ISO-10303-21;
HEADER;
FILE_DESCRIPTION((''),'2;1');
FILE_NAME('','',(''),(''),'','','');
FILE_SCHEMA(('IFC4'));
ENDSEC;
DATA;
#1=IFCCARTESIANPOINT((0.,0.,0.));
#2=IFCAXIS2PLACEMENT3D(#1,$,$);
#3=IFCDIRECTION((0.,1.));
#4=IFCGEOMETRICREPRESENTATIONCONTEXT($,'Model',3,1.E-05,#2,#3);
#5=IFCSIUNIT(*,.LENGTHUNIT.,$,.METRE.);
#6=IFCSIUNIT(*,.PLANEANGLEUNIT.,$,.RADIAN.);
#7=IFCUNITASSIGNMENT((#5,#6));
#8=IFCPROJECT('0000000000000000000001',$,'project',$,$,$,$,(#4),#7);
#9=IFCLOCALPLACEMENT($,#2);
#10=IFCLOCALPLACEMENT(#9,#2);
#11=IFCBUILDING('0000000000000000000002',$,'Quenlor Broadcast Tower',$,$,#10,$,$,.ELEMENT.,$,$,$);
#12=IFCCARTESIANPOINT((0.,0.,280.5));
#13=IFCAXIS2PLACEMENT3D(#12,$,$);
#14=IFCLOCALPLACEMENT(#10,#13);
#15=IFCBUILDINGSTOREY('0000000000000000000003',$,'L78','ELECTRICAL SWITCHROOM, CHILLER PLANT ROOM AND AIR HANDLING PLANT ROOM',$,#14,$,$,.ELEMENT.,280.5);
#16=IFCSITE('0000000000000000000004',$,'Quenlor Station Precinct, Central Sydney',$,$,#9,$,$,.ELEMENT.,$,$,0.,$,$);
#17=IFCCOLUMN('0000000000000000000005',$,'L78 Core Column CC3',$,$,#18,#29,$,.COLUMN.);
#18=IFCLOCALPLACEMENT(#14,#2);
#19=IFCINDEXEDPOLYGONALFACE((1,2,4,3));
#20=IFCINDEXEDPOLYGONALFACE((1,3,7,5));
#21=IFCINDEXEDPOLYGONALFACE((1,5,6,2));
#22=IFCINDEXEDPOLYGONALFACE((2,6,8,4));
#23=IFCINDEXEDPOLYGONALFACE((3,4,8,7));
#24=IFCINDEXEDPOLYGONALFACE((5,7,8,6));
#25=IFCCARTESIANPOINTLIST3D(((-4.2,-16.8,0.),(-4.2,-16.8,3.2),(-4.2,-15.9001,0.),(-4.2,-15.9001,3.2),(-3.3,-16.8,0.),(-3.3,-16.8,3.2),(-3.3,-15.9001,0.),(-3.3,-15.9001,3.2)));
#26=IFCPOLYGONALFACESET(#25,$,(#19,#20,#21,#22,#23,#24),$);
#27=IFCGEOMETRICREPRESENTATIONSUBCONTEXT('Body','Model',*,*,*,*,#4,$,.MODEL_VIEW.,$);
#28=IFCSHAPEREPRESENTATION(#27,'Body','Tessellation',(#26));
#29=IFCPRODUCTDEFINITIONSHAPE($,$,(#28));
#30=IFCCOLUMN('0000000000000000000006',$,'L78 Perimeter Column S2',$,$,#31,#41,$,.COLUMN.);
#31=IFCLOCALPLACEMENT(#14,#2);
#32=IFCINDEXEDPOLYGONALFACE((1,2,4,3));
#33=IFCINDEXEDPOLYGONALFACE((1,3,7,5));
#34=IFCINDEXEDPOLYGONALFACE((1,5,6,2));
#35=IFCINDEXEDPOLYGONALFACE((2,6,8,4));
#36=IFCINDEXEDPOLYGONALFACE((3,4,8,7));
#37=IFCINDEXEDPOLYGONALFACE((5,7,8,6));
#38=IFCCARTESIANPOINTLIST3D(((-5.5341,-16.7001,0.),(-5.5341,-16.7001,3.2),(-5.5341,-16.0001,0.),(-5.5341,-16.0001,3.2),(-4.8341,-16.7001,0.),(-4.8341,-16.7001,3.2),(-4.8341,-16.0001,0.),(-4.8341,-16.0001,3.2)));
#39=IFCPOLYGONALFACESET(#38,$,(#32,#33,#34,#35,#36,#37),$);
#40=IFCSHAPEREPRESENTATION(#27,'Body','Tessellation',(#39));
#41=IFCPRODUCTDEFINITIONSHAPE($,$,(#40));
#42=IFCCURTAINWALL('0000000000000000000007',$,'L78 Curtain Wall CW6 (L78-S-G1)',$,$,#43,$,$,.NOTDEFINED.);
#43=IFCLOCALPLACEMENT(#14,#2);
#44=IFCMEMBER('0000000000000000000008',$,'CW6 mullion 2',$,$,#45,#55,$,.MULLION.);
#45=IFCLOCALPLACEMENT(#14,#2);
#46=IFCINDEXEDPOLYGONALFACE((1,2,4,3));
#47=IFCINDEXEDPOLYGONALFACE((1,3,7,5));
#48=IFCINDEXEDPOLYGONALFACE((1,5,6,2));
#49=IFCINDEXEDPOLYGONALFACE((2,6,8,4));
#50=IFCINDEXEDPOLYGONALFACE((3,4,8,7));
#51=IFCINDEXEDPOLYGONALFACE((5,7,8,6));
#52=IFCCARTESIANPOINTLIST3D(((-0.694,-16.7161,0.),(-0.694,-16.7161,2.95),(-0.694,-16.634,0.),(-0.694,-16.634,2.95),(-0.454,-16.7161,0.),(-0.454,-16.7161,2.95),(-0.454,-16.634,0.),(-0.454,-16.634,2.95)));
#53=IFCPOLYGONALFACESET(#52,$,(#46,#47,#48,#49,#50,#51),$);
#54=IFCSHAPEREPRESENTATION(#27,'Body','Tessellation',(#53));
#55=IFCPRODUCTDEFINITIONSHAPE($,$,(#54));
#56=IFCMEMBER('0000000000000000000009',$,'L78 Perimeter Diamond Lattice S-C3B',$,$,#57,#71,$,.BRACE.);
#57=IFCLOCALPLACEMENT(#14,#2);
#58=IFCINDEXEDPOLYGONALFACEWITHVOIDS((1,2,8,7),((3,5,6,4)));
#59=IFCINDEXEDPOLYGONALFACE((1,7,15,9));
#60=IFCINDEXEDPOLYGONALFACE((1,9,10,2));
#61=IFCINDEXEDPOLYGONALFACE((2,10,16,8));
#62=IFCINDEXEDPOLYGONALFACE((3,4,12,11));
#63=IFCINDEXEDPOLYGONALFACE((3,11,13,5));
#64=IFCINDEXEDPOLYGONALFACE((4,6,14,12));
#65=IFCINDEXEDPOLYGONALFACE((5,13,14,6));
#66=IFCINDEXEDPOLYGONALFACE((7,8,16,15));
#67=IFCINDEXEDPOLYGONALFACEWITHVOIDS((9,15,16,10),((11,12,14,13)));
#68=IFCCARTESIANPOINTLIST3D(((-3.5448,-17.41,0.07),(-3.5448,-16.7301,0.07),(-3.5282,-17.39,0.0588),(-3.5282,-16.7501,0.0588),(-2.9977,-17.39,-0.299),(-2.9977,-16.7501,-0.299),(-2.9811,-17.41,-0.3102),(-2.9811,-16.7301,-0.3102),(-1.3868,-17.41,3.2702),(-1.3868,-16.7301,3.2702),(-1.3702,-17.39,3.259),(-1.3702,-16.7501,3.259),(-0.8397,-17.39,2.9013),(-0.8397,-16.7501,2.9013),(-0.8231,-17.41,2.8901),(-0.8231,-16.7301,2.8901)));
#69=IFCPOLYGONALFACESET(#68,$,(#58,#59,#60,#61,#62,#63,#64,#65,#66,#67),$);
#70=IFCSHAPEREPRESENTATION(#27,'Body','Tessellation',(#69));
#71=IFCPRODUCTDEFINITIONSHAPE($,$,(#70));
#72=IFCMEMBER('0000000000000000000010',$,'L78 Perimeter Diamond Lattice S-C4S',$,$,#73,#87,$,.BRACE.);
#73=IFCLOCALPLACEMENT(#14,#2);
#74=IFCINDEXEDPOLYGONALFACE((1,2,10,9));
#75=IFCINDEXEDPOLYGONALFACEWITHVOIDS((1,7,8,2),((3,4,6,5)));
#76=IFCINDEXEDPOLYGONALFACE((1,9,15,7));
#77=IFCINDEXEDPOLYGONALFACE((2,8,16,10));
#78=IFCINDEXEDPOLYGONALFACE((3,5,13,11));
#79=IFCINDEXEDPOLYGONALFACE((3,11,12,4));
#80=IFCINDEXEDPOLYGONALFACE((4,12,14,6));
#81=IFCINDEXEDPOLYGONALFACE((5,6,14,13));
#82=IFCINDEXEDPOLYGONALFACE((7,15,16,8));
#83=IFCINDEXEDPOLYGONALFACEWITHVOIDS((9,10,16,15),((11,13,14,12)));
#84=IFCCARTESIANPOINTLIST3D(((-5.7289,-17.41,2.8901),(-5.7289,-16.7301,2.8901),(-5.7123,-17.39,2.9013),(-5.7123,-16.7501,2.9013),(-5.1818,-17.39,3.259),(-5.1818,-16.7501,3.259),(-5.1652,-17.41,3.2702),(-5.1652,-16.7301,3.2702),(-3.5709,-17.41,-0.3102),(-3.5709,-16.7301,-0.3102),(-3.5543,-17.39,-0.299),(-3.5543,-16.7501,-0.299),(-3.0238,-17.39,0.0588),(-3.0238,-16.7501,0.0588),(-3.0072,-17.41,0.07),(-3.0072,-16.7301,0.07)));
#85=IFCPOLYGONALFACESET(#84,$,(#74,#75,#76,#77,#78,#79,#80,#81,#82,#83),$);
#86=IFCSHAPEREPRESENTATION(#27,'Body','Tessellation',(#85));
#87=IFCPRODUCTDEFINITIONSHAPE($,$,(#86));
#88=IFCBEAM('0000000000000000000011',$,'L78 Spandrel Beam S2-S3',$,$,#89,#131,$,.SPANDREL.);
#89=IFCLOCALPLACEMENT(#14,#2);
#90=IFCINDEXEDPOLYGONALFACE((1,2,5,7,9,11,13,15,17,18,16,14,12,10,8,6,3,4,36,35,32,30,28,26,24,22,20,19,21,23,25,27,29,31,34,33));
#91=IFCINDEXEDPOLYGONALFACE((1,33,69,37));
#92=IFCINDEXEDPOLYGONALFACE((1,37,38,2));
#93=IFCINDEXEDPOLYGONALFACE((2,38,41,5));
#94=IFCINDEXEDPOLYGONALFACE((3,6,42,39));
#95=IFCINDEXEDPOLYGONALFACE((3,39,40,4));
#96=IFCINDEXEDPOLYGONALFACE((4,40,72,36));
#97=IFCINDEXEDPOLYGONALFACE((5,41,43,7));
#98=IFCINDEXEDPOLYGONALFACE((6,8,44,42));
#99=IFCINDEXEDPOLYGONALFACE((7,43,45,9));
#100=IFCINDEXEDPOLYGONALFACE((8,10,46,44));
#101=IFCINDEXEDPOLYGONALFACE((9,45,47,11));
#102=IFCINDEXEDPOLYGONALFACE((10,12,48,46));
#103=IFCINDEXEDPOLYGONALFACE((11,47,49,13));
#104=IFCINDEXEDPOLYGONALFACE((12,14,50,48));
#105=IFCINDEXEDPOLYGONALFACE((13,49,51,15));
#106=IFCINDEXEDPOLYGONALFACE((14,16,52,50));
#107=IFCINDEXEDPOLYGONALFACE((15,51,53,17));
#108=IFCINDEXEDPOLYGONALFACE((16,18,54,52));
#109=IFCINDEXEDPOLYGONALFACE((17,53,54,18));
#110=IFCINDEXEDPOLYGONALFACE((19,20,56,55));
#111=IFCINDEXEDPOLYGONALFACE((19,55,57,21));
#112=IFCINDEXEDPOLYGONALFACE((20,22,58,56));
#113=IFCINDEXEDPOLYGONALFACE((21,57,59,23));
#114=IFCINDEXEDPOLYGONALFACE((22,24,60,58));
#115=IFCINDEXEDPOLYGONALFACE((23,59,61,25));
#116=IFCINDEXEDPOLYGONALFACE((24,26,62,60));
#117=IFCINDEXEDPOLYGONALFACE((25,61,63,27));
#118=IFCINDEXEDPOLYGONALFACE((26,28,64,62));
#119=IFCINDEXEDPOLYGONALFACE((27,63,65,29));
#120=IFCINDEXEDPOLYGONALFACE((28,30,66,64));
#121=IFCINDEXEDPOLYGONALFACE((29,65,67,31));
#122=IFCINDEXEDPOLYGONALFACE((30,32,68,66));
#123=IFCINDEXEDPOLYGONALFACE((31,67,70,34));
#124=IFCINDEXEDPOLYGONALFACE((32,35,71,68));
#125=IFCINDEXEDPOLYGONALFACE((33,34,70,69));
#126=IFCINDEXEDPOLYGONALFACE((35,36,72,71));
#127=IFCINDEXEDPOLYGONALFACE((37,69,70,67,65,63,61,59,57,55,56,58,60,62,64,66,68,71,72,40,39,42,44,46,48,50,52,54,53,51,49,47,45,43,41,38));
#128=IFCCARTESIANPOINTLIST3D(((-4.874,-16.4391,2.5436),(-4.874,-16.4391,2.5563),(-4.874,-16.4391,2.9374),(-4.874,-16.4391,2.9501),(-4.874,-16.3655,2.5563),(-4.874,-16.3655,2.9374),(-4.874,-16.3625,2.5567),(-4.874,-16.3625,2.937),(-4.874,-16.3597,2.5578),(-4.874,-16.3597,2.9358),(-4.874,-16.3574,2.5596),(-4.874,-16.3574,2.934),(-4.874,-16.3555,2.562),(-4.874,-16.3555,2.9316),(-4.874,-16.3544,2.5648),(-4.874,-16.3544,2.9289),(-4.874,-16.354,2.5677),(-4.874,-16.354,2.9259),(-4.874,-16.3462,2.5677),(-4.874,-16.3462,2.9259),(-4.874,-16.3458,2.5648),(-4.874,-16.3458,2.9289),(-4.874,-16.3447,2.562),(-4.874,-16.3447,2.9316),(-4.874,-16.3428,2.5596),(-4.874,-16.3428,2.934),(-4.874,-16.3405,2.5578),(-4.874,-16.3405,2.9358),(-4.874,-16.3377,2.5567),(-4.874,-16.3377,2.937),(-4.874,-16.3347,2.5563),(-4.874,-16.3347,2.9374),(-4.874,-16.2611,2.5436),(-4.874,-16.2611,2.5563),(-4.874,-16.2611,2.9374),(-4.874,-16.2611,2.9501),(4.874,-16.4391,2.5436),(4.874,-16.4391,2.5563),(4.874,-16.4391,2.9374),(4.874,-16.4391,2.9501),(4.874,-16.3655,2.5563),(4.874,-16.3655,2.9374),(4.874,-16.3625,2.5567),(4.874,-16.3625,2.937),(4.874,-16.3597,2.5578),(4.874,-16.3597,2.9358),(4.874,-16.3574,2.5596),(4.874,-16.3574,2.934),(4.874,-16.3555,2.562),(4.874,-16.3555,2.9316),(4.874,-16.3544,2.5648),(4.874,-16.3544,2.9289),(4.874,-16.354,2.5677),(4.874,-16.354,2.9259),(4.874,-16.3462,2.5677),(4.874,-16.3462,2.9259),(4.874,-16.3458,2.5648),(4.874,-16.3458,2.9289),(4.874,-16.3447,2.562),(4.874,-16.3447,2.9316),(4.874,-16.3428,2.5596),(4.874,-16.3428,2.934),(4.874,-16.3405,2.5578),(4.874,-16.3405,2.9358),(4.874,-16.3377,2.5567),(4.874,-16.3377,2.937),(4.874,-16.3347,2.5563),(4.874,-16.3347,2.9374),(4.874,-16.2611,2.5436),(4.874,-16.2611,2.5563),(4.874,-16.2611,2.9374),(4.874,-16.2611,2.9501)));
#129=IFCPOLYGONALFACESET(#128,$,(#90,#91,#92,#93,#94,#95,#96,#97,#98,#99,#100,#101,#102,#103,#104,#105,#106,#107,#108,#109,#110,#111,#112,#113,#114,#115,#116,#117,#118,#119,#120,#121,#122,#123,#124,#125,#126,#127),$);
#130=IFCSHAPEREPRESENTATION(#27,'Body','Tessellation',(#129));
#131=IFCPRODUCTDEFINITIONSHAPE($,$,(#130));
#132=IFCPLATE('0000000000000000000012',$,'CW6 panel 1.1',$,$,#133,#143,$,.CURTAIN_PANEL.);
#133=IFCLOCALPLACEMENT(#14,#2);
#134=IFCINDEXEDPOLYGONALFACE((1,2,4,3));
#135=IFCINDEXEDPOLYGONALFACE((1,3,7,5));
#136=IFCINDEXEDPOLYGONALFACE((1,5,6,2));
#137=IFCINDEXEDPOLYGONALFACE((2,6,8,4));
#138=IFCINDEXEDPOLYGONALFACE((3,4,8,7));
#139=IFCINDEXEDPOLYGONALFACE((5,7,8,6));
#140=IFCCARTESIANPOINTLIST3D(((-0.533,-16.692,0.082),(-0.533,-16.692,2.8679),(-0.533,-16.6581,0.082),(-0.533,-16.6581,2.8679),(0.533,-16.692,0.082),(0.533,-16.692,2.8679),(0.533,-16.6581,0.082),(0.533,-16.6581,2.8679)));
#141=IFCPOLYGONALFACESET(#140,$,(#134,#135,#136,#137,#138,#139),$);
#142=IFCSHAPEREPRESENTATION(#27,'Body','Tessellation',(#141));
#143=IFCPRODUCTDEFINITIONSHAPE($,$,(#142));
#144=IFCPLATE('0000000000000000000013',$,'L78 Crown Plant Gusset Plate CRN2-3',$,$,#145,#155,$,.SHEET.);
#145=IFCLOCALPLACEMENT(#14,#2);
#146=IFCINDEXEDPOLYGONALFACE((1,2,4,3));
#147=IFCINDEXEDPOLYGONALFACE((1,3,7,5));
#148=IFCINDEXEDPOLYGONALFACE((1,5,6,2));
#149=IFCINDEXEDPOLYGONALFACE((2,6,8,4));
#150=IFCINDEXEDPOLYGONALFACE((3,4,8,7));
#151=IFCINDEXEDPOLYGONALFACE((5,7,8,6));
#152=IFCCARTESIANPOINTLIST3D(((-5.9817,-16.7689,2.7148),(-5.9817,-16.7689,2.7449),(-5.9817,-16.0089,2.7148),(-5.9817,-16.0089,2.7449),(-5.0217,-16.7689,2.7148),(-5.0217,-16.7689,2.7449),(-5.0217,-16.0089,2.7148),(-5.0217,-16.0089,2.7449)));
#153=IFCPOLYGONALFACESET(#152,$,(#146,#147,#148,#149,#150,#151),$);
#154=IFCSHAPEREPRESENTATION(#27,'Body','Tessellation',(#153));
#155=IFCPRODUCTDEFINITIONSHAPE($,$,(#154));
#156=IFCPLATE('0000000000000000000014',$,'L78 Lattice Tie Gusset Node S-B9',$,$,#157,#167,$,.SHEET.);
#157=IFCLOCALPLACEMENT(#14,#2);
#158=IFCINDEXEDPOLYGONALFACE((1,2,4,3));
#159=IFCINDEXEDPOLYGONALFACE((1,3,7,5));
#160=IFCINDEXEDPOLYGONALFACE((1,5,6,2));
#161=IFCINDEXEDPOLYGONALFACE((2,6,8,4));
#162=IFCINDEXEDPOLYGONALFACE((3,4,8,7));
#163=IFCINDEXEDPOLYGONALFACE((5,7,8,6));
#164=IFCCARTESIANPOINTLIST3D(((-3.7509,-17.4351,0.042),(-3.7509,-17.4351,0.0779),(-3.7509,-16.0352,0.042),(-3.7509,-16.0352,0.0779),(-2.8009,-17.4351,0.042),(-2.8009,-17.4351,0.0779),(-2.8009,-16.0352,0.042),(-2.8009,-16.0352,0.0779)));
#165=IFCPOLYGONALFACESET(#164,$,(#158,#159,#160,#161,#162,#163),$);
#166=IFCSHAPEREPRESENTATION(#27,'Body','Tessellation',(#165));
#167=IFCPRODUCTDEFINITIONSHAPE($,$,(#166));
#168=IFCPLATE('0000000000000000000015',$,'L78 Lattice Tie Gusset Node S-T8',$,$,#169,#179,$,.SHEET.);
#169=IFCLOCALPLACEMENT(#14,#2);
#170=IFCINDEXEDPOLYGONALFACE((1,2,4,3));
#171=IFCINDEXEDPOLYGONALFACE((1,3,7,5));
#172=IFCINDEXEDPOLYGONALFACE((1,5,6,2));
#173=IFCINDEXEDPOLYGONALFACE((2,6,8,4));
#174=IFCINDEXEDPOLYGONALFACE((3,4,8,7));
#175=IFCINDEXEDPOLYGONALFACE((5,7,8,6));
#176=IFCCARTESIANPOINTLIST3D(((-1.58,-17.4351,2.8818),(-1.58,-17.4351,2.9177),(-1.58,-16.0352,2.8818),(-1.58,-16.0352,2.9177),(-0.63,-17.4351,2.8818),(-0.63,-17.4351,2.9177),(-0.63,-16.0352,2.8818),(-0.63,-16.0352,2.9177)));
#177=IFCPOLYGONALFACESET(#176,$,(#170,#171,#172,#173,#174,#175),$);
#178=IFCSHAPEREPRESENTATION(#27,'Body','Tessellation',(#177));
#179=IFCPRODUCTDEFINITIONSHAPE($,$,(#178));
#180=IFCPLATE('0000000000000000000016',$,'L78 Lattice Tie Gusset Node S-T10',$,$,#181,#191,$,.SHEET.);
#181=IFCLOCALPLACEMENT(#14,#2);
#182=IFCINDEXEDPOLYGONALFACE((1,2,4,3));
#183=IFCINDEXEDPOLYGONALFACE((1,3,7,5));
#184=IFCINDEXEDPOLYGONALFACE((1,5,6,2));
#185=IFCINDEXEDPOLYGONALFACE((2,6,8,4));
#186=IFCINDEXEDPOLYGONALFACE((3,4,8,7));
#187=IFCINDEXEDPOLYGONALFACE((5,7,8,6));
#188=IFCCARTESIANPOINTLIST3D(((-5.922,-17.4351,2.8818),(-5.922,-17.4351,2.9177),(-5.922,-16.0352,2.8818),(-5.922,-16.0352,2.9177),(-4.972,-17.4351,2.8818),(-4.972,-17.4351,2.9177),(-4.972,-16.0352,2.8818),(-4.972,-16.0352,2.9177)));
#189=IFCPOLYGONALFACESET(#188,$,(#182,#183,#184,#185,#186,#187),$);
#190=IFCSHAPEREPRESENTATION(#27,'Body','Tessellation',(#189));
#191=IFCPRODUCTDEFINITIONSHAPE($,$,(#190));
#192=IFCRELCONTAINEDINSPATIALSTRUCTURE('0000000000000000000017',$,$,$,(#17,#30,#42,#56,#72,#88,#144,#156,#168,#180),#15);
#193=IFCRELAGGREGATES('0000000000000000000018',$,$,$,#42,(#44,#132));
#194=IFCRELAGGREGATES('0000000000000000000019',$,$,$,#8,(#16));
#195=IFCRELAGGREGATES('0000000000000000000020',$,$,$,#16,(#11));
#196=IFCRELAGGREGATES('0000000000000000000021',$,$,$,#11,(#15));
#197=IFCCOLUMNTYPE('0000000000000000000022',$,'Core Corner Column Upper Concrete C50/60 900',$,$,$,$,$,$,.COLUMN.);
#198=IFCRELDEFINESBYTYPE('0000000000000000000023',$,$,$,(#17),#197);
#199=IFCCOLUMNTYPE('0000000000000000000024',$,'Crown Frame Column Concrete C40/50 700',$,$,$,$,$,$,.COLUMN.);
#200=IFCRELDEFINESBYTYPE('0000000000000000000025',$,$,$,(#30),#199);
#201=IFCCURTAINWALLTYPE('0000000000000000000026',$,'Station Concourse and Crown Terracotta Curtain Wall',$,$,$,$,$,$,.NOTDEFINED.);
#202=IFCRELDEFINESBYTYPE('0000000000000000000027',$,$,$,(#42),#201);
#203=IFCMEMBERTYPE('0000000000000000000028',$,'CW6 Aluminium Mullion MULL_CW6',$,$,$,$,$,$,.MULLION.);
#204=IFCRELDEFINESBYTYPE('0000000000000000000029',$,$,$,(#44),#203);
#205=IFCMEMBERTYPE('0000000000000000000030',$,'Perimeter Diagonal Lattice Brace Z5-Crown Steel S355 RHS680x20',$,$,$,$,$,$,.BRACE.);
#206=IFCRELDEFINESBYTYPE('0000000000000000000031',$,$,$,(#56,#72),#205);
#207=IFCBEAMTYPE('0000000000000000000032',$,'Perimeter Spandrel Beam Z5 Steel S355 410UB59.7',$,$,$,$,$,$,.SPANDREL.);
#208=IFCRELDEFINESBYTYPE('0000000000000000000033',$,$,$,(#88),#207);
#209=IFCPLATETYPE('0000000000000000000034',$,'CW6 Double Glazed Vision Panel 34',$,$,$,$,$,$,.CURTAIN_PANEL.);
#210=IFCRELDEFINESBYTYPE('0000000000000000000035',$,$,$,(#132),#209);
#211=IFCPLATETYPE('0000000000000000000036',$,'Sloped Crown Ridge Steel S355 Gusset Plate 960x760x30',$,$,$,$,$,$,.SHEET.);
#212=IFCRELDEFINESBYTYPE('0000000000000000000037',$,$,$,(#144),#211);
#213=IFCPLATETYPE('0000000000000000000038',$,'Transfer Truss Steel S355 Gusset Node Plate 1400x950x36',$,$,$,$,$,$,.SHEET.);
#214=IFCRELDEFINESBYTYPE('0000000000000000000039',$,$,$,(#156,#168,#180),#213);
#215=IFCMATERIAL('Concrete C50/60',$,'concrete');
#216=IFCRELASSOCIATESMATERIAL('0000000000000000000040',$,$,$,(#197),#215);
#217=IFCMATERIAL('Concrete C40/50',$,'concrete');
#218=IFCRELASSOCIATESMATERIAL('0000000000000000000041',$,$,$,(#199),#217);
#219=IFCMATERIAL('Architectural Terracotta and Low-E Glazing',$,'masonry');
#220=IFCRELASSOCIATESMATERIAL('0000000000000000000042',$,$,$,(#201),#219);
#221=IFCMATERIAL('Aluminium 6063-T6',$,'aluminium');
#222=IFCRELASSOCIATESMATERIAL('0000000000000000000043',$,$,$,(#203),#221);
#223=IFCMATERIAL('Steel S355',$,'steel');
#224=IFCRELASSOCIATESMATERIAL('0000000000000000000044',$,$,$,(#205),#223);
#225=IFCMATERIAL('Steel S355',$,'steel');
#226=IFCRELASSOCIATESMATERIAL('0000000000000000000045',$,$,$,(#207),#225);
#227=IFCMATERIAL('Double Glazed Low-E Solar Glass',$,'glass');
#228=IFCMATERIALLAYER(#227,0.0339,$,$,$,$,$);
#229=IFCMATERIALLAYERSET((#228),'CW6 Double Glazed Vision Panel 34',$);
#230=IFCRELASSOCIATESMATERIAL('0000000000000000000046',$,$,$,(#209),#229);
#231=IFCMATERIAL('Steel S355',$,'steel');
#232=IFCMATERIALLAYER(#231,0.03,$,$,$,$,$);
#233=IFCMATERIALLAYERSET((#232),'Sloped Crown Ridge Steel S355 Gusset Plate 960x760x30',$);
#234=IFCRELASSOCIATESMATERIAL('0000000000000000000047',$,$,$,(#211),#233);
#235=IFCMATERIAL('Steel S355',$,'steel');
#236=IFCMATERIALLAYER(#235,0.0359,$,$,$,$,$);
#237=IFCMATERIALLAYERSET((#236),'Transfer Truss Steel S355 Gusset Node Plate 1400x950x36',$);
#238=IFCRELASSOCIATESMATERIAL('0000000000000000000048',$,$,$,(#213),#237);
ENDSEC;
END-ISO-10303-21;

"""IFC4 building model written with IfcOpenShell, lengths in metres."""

from ifc_helpers import new_model, si_unit, direction, frame, origin, origin_2d, place, context, subcontext, project, spatial, rectangle, hollow_rectangle, i_section, extrude, material, layer, layer_set, material_profile, profile_set, type_object, element, aggregate, save


model = new_model("IFC4")

# Units and contexts
model_context = context("Model", 3, precision=1e-05, world=origin(), true_north=direction((0.0, 1.0)))
body_context = subcontext(model_context, "Body", "Model", "MODEL_VIEW")
ifc_project = project(units=[si_unit("LENGTHUNIT", "METRE"), si_unit("PLANEANGLEUNIT", "RADIAN")], contexts=[model_context])

# Site, building, storey
site_placement = place(None, origin())
site = spatial("IfcSite", under=ifc_project, at=site_placement, Name="Quenlor Station Precinct, Central Sydney", CompositionType="ELEMENT", RefElevation=0.0)
building_placement = place(site_placement, origin())
building = spatial("IfcBuilding", under=site, at=building_placement, Name="Quenlor Broadcast Tower", CompositionType="ELEMENT")
storey_placement = place(building_placement, frame((0.0, 0.0, 280.5)))
storey = spatial("IfcBuildingStorey", under=building, at=storey_placement, Name="L78", Description="ELECTRICAL SWITCHROOM, CHILLER PLANT ROOM AND AIR HANDLING PLANT ROOM", CompositionType="ELEMENT", Elevation=280.5)

# Columns
ifc_material_1 = material(Name="Concrete C50/60", Category="concrete")
ifc_material_profile_1 = material_profile(ifc_material_1, rectangle(XDim=0.8999, YDim=0.8999, at=origin_2d()))
ifc_profile_set_1 = profile_set([ifc_material_profile_1], Name="Concrete C50/60 RC900x900")
column_type_1 = type_object("IfcColumnType", Name="Core Corner Column Upper Concrete C50/60 900", PredefinedType="COLUMN", material=ifc_profile_set_1)
column_1_placement = place(storey_placement, frame((-3.75, -16.3501, 0.0), z_axis=(0.0, 0.0, 1.0), x_axis=(1.0, 0.0, 0.0)))
element("IfcColumn", 1, at=column_1_placement, inside=storey, type_object=column_type_1, Name="L78 Core Column CC3", PredefinedType="COLUMN", context=body_context, shape_type="SweptSolid", body=[
    extrude(rectangle(XDim=0.8999, YDim=0.8999, at=origin_2d()), origin(), (0.0, 0.0, 1.0), 3.2),
])
ifc_material_2 = material(Name="Concrete C40/50", Category="concrete")
ifc_material_profile_2 = material_profile(ifc_material_2, rectangle(XDim=0.7, YDim=0.7, at=origin_2d()))
ifc_profile_set_2 = profile_set([ifc_material_profile_2], Name="Concrete C40/50 RC700x700")
column_type_2 = type_object("IfcColumnType", Name="Crown Frame Column Concrete C40/50 700", PredefinedType="COLUMN", material=ifc_profile_set_2)
column_2_placement = place(storey_placement, frame((-5.1841, -16.3501, 0.0), z_axis=(0.0, 0.0, 1.0), x_axis=(0.0, 1.0, 0.0)))
element("IfcColumn", 2, at=column_2_placement, inside=storey, type_object=column_type_2, Name="L78 Perimeter Column S2", PredefinedType="COLUMN", context=body_context, shape_type="SweptSolid", body=[
    extrude(rectangle(XDim=0.7, YDim=0.7, at=origin_2d()), origin(), (0.0, 0.0, 1.0), 3.2),
])

# Curtain wall, member
ifc_material_3 = material(Name="Architectural Terracotta and Low-E Glazing", Category="masonry")
curtain_wall_type = type_object("IfcCurtainWallType", Name="Station Concourse and Crown Terracotta Curtain Wall", PredefinedType="NOTDEFINED", material=ifc_material_3)
curtain_wall_placement = place(storey_placement, origin())
curtain_wall = element("IfcCurtainWall", 3, at=curtain_wall_placement, inside=storey, type_object=curtain_wall_type, Name="L78 Curtain Wall CW6 (L78-S-G1)", PredefinedType="NOTDEFINED")
ifc_material_4 = material(Name="Aluminium 6063-T6", Category="aluminium")
ifc_material_profile_3 = material_profile(ifc_material_4, rectangle(XDim=0.082, YDim=0.24, at=origin_2d()))
ifc_profile_set_3 = profile_set([ifc_material_profile_3], Name="Aluminium 6063-T6 MULL82x240")
member_type_1 = type_object("IfcMemberType", Name="CW6 Aluminium Mullion MULL_CW6", PredefinedType="MULLION", material=ifc_profile_set_3)
member_placement = place(storey_placement, frame((-0.574, -16.675, 0.0), z_axis=(0.0, 0.0, 1.0), x_axis=(0.0, -1.0, 0.0)))
member = element("IfcMember", 4, at=member_placement, type_object=member_type_1, Name="CW6 mullion 2", PredefinedType="MULLION", context=body_context, shape_type="SweptSolid", body=[
    extrude(rectangle(XDim=0.082, YDim=0.24, at=origin_2d()), origin(), (0.0, 0.0, 1.0), 2.95),
])

# Members
ifc_material_5 = material(Name="Steel S355", Category="steel")
ifc_material_profile_4 = material_profile(ifc_material_5, hollow_rectangle(XDim=0.6799, YDim=0.6799, WallThickness=0.02, at=origin_2d()))
ifc_profile_set_4 = profile_set([ifc_material_profile_4], Name="Steel S355 RHS680x680x20")
member_type_2 = type_object("IfcMemberType", Name="Perimeter Diagonal Lattice Brace Z5-Crown Steel S355 RHS680x20", PredefinedType="BRACE", material=ifc_profile_set_4)
for number, where, z_axis, x_axis, name in (
    (5, (-3.2629, -17.0701, -0.1201), (0.559086, 0.0, 0.82911), (0.0, 1.0, 0.0), "L78 Perimeter Diamond Lattice S-C3B"),
    (6, (-3.2891, -17.0701, -0.1201), (-0.559086, 0.0, 0.82911), (0.0, -1.0, 0.0), "L78 Perimeter Diamond Lattice S-C4S"),
):
    element("IfcMember", number, at=place(storey_placement, frame(where, z_axis=z_axis, x_axis=x_axis)), inside=storey, type_object=member_type_2, Name=name, PredefinedType="BRACE", context=body_context, shape_type="SweptSolid", body=[
        extrude(hollow_rectangle(XDim=0.6799, YDim=0.6799, WallThickness=0.02, at=origin_2d()), origin(), (0.0, 0.0, 1.0), 3.8599),
    ])

# Beam
ifc_material_6 = material(Name="Steel S355", Category="steel")
ifc_material_profile_5 = material_profile(ifc_material_6, i_section(OverallWidth=0.178, OverallDepth=0.4065, WebThickness=0.0078, FlangeThickness=0.0127, FilletRadius=0.0115, at=origin_2d()))
ifc_profile_set_5 = profile_set([ifc_material_profile_5], Name="Steel S355 410UB59.7")
beam_type = type_object("IfcBeamType", Name="Perimeter Spandrel Beam Z5 Steel S355 410UB59.7", PredefinedType="SPANDREL", material=ifc_profile_set_5)
beam_placement = place(storey_placement, frame((-4.874, -16.3501, 2.7468), z_axis=(1.0, 0.0, 0.0), x_axis=(0.0, 1.0, 0.0)))
element("IfcBeam", 7, at=beam_placement, inside=storey, type_object=beam_type, Name="L78 Spandrel Beam S2-S3", PredefinedType="SPANDREL", context=body_context, shape_type="SweptSolid", body=[
    extrude(i_section(OverallWidth=0.178, OverallDepth=0.4065, WebThickness=0.0078, FlangeThickness=0.0127, FilletRadius=0.0115, at=origin_2d()), origin(), (0.0, 0.0, 1.0), 9.748),
])

# Plate
ifc_material_7 = material(Name="Double Glazed Low-E Solar Glass", Category="glass")
ifc_layer_1 = layer(ifc_material_7, 0.0339)
ifc_layer_set_1 = layer_set([ifc_layer_1], Name="CW6 Double Glazed Vision Panel 34")
plate_type_1 = type_object("IfcPlateType", Name="CW6 Double Glazed Vision Panel 34", PredefinedType="CURTAIN_PANEL", material=ifc_layer_set_1)
plate_1_placement = place(storey_placement, frame((0.0, -16.675, 0.082), z_axis=(0.0, 0.0, 1.0), x_axis=(-1.0, 0.0, 0.0)))
plate_1 = element("IfcPlate", 8, at=plate_1_placement, type_object=plate_type_1, Name="CW6 panel 1.1", PredefinedType="CURTAIN_PANEL", context=body_context, shape_type="SweptSolid", body=[
    extrude(rectangle(XDim=1.0659, YDim=0.0339, at=origin_2d()), origin(), (0.0, 0.0, 1.0), 2.7859),
])
aggregate(curtain_wall, [member, plate_1])

# Plates
ifc_material_8 = material(Name="Steel S355", Category="steel")
ifc_layer_2 = layer(ifc_material_8, 0.03)
ifc_layer_set_2 = layer_set([ifc_layer_2], Name="Sloped Crown Ridge Steel S355 Gusset Plate 960x760x30")
plate_type_2 = type_object("IfcPlateType", Name="Sloped Crown Ridge Steel S355 Gusset Plate 960x760x30", PredefinedType="SHEET", material=ifc_layer_set_2)
plate_2_placement = place(storey_placement, frame((-5.5017, -16.3889, 2.7148), z_axis=(0.0, 0.0, 1.0), x_axis=(1.0, 0.0, 0.0)))
element("IfcPlate", 9, at=plate_2_placement, inside=storey, type_object=plate_type_2, Name="L78 Crown Plant Gusset Plate CRN2-3", PredefinedType="SHEET", context=body_context, shape_type="SweptSolid", body=[
    extrude(rectangle(XDim=0.96, YDim=0.76, at=origin_2d()), origin(), (0.0, 0.0, 1.0), 0.03),
])
ifc_material_9 = material(Name="Steel S355", Category="steel")
ifc_layer_3 = layer(ifc_material_9, 0.0359)
ifc_layer_set_3 = layer_set([ifc_layer_3], Name="Transfer Truss Steel S355 Gusset Node Plate 1400x950x36")
plate_type_3 = type_object("IfcPlateType", Name="Transfer Truss Steel S355 Gusset Node Plate 1400x950x36", PredefinedType="SHEET", material=ifc_layer_set_3)
for number, where, z_axis, x_axis, name in (
    (10, (-3.2759, -16.7351, 0.042), (0.0, 0.0, 1.0), (0.0, -1.0, 0.0), "L78 Lattice Tie Gusset Node S-B9"),
    (11, (-1.105, -16.7351, 2.8818), (0.0, 0.0, 1.0), (0.0, -1.0, 0.0), "L78 Lattice Tie Gusset Node S-T8"),
    (12, (-5.447, -16.7351, 2.8818), (0.0, 0.0, 1.0), (0.0, -1.0, 0.0), "L78 Lattice Tie Gusset Node S-T10"),
):
    element("IfcPlate", number, at=place(storey_placement, frame(where, z_axis=z_axis, x_axis=x_axis)), inside=storey, type_object=plate_type_3, Name=name, PredefinedType="SHEET", context=body_context, shape_type="SweptSolid", body=[
        extrude(rectangle(XDim=1.3999, YDim=0.95, at=origin_2d()), origin(), (0.0, 0.0, 1.0), 0.0359),
    ])

save(model, "model.ifc")
